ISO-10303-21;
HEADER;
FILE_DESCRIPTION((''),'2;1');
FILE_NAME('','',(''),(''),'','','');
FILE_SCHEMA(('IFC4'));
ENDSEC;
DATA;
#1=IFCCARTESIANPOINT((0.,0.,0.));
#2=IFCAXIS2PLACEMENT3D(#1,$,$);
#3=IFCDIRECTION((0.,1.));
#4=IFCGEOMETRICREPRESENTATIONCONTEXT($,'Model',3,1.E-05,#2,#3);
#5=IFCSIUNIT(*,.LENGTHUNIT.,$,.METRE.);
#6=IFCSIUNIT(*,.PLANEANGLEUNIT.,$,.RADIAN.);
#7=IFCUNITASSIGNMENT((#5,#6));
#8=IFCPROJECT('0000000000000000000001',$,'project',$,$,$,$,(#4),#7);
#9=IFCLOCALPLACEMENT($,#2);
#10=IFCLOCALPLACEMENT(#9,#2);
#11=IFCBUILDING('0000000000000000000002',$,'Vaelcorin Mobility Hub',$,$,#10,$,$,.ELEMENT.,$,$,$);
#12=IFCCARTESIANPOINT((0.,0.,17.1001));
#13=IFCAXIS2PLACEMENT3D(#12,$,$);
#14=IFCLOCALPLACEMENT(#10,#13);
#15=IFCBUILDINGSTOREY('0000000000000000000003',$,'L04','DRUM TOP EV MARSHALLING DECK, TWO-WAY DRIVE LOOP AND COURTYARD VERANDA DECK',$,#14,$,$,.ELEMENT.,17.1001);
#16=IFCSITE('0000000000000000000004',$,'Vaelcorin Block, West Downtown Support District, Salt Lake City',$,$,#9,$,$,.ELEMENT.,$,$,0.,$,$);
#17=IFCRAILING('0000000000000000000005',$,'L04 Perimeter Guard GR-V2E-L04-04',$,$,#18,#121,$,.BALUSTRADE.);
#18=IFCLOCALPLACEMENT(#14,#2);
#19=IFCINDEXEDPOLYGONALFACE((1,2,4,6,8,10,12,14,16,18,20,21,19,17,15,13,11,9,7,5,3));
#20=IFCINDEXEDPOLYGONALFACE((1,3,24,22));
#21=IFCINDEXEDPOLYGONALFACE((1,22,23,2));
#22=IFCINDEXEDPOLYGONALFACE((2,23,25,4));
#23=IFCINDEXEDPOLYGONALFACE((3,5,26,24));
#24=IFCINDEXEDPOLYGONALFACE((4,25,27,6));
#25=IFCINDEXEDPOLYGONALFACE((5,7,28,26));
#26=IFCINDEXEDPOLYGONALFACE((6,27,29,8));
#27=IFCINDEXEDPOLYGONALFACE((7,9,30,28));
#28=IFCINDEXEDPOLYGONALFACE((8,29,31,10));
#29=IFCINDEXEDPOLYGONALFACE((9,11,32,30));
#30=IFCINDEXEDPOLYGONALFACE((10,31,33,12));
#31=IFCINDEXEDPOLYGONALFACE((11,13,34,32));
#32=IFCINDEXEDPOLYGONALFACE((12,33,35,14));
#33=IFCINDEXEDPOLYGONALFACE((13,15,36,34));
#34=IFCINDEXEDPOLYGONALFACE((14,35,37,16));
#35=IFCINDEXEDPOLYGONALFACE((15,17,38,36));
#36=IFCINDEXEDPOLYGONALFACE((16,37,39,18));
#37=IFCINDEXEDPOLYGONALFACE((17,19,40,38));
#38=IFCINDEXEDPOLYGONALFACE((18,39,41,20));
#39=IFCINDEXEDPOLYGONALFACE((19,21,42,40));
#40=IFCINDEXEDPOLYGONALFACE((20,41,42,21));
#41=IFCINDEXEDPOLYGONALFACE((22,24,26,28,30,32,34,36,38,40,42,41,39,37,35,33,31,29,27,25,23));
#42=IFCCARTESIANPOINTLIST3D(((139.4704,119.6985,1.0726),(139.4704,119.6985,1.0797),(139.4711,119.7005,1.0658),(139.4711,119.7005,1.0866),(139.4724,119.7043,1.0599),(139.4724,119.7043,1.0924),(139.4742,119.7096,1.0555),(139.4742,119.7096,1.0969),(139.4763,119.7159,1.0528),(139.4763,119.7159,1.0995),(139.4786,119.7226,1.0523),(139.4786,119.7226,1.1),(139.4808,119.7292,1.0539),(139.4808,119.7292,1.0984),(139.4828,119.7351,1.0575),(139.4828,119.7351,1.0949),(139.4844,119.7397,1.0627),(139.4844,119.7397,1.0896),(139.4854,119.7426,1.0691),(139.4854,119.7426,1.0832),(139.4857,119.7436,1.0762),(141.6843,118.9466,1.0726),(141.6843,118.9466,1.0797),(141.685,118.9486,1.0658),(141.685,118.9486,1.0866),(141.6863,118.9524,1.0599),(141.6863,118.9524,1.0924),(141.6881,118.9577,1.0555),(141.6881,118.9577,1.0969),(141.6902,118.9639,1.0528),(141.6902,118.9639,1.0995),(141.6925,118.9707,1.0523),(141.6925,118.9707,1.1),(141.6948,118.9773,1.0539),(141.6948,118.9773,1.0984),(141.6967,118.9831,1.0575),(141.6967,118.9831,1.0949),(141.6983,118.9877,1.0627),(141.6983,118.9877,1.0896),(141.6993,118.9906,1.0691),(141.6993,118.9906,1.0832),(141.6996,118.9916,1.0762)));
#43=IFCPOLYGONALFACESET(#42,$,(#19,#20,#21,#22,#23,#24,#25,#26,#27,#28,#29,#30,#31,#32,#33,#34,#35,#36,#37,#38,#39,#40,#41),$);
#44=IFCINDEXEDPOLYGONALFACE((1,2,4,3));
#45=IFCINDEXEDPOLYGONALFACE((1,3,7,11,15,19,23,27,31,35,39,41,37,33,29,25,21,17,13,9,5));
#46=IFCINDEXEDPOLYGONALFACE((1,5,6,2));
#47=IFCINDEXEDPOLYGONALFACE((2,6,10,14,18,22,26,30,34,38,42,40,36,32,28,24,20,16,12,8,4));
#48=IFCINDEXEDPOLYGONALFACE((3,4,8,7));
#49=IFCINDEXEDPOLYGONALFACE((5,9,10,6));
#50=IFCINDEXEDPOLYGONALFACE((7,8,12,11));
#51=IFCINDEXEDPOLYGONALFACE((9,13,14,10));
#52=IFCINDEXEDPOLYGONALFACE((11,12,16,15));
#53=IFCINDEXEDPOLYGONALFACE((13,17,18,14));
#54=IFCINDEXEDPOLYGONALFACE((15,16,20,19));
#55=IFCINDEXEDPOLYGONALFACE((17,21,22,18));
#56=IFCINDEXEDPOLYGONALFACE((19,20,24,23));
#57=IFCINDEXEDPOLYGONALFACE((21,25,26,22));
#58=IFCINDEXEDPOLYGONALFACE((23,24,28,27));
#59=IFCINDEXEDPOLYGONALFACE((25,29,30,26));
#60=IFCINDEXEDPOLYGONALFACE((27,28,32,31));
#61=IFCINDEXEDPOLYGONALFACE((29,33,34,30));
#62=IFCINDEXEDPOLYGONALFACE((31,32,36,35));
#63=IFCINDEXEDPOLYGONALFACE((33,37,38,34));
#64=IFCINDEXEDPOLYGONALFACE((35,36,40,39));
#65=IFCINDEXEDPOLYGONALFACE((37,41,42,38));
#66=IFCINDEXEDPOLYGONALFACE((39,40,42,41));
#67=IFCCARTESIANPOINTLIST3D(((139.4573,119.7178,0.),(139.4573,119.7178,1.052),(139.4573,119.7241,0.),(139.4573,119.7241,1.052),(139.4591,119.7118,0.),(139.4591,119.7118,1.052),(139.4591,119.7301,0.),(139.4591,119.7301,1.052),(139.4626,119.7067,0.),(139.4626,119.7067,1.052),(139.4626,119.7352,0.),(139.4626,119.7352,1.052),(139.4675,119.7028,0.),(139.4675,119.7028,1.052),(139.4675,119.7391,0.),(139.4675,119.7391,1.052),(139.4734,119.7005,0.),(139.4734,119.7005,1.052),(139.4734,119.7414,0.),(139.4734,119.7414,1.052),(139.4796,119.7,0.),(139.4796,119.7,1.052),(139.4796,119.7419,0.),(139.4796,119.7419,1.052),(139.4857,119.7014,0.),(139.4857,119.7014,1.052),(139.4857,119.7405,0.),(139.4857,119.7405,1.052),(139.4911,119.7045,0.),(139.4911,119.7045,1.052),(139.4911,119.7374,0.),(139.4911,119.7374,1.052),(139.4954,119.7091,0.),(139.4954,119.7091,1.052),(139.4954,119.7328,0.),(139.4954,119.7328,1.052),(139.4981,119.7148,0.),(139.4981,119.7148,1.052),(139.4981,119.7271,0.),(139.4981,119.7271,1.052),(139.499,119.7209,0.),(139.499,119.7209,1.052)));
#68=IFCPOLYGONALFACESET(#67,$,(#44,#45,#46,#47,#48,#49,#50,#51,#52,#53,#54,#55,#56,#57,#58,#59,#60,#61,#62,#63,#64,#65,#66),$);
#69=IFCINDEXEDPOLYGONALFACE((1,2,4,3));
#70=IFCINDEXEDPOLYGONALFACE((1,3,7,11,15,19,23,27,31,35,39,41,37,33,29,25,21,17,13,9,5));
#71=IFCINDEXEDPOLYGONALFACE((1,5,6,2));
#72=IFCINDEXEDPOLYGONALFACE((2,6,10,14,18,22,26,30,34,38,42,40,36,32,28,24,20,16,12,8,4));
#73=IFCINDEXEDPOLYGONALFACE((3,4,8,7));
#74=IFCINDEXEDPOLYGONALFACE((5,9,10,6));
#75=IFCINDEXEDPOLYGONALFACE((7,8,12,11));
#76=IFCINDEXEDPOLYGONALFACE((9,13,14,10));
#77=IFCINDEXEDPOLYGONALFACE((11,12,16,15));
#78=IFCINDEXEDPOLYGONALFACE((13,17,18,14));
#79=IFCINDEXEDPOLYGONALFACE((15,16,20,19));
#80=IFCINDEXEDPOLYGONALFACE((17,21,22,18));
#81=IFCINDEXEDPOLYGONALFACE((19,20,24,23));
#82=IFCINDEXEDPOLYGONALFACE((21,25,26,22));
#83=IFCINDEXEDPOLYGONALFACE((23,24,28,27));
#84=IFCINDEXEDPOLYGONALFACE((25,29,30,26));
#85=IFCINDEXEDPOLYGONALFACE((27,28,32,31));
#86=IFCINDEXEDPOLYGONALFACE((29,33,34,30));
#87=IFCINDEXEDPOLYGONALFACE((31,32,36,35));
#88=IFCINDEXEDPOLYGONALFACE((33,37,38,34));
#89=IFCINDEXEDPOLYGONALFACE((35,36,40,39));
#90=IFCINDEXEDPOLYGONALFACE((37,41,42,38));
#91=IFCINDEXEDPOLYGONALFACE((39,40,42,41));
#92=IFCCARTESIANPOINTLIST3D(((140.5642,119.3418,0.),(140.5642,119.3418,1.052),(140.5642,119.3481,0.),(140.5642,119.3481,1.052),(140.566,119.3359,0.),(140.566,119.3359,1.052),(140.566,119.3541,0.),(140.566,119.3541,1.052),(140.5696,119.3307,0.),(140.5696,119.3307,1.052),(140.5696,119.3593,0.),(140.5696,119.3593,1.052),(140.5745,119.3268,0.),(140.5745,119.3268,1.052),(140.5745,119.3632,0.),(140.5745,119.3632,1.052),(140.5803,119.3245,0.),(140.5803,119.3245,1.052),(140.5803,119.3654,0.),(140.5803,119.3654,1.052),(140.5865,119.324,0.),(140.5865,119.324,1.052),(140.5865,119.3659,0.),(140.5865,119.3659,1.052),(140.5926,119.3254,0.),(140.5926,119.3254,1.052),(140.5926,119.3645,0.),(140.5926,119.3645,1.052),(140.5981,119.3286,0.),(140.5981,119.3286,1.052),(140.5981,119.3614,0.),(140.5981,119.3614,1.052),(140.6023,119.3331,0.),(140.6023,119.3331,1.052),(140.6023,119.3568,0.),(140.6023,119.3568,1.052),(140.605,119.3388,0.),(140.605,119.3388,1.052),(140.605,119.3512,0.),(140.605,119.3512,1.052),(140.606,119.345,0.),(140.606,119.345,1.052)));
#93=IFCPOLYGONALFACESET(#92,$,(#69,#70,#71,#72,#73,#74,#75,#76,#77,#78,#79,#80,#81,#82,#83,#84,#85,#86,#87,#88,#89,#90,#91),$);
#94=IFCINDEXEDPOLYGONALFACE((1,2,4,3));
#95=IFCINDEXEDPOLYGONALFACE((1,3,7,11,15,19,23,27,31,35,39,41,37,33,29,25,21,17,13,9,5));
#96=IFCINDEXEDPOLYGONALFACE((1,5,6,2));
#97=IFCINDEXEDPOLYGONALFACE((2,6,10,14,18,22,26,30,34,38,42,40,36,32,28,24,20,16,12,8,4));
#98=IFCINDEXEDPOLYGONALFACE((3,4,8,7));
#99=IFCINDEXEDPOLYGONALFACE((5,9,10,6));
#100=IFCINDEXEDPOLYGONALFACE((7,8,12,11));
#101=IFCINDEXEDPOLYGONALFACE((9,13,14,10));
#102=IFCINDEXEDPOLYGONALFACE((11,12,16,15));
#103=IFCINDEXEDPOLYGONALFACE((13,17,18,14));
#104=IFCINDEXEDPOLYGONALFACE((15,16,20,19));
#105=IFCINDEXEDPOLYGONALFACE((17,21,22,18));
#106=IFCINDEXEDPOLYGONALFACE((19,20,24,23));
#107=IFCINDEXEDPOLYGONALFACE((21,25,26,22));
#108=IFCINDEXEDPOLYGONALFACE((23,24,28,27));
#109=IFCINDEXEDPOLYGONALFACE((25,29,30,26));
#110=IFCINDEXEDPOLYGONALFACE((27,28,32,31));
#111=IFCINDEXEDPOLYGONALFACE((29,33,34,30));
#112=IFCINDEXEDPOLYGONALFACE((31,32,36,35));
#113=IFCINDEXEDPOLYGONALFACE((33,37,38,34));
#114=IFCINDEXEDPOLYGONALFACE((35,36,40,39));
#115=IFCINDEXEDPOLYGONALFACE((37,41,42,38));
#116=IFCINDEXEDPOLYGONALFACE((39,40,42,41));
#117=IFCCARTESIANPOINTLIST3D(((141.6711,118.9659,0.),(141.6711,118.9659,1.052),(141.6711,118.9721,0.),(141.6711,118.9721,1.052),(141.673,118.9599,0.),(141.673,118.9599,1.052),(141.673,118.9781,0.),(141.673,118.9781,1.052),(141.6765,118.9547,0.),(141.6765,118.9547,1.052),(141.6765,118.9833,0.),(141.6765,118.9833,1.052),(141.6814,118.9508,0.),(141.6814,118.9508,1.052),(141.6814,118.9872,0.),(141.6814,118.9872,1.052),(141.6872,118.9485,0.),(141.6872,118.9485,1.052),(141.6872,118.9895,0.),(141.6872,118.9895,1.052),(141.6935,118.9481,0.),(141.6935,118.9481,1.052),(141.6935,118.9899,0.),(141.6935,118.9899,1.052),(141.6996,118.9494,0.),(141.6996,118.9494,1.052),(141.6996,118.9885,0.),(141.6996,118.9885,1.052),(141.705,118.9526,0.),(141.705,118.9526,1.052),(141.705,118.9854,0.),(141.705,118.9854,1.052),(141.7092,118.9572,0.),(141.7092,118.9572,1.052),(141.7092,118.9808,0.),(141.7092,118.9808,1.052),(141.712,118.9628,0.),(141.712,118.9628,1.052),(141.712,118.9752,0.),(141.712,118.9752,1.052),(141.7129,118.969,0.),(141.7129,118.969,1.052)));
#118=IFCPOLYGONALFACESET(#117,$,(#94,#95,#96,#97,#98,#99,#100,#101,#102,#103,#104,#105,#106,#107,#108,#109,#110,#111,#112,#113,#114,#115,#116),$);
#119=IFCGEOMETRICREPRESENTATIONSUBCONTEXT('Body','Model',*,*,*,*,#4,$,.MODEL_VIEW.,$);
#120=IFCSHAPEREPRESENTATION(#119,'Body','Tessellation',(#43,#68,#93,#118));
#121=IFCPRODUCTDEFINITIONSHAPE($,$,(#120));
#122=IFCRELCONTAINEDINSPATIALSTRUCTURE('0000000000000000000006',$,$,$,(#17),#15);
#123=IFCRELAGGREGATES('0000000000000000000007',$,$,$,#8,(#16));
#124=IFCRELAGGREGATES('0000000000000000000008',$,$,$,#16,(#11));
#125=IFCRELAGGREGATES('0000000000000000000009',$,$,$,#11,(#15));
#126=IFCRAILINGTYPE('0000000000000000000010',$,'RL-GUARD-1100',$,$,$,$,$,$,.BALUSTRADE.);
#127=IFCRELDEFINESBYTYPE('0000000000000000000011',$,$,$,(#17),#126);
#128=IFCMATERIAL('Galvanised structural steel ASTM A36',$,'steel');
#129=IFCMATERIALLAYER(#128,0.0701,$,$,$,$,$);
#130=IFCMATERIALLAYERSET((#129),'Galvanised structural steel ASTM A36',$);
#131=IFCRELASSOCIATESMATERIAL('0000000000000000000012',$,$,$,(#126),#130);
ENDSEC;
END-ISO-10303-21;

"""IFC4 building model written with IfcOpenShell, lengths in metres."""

from ifc_helpers import new_model, si_unit, direction, frame, origin, origin_2d, place, context, subcontext, project, spatial, circle, extrude, material, layer, layer_set, type_object, element, save


model = new_model("IFC4")

# Units and contexts
model_context = context("Model", 3, precision=1e-05, world=origin(), true_north=direction((0.0, 1.0)))
body_context = subcontext(model_context, "Body", "Model", "MODEL_VIEW")
ifc_project = project(units=[si_unit("LENGTHUNIT", "METRE"), si_unit("PLANEANGLEUNIT", "RADIAN")], contexts=[model_context])

# Site, building, storey
site_placement = place(None, origin())
site = spatial("IfcSite", under=ifc_project, at=site_placement, Name="Vaelcorin Block, West Downtown Support District, Salt Lake City", CompositionType="ELEMENT", RefElevation=0.0)
building_placement = place(site_placement, origin())
building = spatial("IfcBuilding", under=site, at=building_placement, Name="Vaelcorin Mobility Hub", CompositionType="ELEMENT")
storey_placement = place(building_placement, frame((0.0, 0.0, 17.1001)))
storey = spatial("IfcBuildingStorey", under=building, at=storey_placement, Name="L04", Description="DRUM TOP EV MARSHALLING DECK, TWO-WAY DRIVE LOOP AND COURTYARD VERANDA DECK", CompositionType="ELEMENT", Elevation=17.1001)

# Railing
ifc_material_1 = material(Name="Galvanised structural steel ASTM A36", Category="steel")
ifc_layer_1 = layer(ifc_material_1, 0.0701)
ifc_layer_set_1 = layer_set([ifc_layer_1], Name="Galvanised structural steel ASTM A36")
railing_type = type_object("IfcRailingType", Name="RL-GUARD-1100", PredefinedType="BALUSTRADE", material=ifc_layer_set_1)
railing_1_placement = place(storey_placement, frame((139.478, 119.7209, 0.0)))
element("IfcRailing", 1, at=railing_1_placement, inside=storey, type_object=railing_type, Name="L04 Perimeter Guard GR-V2E-L04-04", PredefinedType="BALUSTRADE", context=body_context, shape_type="SweptSolid", body=[
    extrude(circle(Radius=0.0239, at=origin_2d()), frame((0.0, 0.0, 1.0762), z_axis=(0.946872, -0.321611, 0.0), x_axis=(0.321611, 0.946872, 0.0)), (0.0, 0.0, 1.0), 2.3381),
    extrude(circle(Radius=0.021, at=origin_2d()), origin(), (0.0, 0.0, 1.0), 1.052),
    extrude(circle(Radius=0.021, at=origin_2d()), frame((1.1069, -0.376, 0.0)), (0.0, 0.0, 1.0), 1.052),
    extrude(circle(Radius=0.021, at=origin_2d()), frame((2.2139, -0.752, 0.0)), (0.0, 0.0, 1.0), 1.052),
])

save(model, "model.ifc")
